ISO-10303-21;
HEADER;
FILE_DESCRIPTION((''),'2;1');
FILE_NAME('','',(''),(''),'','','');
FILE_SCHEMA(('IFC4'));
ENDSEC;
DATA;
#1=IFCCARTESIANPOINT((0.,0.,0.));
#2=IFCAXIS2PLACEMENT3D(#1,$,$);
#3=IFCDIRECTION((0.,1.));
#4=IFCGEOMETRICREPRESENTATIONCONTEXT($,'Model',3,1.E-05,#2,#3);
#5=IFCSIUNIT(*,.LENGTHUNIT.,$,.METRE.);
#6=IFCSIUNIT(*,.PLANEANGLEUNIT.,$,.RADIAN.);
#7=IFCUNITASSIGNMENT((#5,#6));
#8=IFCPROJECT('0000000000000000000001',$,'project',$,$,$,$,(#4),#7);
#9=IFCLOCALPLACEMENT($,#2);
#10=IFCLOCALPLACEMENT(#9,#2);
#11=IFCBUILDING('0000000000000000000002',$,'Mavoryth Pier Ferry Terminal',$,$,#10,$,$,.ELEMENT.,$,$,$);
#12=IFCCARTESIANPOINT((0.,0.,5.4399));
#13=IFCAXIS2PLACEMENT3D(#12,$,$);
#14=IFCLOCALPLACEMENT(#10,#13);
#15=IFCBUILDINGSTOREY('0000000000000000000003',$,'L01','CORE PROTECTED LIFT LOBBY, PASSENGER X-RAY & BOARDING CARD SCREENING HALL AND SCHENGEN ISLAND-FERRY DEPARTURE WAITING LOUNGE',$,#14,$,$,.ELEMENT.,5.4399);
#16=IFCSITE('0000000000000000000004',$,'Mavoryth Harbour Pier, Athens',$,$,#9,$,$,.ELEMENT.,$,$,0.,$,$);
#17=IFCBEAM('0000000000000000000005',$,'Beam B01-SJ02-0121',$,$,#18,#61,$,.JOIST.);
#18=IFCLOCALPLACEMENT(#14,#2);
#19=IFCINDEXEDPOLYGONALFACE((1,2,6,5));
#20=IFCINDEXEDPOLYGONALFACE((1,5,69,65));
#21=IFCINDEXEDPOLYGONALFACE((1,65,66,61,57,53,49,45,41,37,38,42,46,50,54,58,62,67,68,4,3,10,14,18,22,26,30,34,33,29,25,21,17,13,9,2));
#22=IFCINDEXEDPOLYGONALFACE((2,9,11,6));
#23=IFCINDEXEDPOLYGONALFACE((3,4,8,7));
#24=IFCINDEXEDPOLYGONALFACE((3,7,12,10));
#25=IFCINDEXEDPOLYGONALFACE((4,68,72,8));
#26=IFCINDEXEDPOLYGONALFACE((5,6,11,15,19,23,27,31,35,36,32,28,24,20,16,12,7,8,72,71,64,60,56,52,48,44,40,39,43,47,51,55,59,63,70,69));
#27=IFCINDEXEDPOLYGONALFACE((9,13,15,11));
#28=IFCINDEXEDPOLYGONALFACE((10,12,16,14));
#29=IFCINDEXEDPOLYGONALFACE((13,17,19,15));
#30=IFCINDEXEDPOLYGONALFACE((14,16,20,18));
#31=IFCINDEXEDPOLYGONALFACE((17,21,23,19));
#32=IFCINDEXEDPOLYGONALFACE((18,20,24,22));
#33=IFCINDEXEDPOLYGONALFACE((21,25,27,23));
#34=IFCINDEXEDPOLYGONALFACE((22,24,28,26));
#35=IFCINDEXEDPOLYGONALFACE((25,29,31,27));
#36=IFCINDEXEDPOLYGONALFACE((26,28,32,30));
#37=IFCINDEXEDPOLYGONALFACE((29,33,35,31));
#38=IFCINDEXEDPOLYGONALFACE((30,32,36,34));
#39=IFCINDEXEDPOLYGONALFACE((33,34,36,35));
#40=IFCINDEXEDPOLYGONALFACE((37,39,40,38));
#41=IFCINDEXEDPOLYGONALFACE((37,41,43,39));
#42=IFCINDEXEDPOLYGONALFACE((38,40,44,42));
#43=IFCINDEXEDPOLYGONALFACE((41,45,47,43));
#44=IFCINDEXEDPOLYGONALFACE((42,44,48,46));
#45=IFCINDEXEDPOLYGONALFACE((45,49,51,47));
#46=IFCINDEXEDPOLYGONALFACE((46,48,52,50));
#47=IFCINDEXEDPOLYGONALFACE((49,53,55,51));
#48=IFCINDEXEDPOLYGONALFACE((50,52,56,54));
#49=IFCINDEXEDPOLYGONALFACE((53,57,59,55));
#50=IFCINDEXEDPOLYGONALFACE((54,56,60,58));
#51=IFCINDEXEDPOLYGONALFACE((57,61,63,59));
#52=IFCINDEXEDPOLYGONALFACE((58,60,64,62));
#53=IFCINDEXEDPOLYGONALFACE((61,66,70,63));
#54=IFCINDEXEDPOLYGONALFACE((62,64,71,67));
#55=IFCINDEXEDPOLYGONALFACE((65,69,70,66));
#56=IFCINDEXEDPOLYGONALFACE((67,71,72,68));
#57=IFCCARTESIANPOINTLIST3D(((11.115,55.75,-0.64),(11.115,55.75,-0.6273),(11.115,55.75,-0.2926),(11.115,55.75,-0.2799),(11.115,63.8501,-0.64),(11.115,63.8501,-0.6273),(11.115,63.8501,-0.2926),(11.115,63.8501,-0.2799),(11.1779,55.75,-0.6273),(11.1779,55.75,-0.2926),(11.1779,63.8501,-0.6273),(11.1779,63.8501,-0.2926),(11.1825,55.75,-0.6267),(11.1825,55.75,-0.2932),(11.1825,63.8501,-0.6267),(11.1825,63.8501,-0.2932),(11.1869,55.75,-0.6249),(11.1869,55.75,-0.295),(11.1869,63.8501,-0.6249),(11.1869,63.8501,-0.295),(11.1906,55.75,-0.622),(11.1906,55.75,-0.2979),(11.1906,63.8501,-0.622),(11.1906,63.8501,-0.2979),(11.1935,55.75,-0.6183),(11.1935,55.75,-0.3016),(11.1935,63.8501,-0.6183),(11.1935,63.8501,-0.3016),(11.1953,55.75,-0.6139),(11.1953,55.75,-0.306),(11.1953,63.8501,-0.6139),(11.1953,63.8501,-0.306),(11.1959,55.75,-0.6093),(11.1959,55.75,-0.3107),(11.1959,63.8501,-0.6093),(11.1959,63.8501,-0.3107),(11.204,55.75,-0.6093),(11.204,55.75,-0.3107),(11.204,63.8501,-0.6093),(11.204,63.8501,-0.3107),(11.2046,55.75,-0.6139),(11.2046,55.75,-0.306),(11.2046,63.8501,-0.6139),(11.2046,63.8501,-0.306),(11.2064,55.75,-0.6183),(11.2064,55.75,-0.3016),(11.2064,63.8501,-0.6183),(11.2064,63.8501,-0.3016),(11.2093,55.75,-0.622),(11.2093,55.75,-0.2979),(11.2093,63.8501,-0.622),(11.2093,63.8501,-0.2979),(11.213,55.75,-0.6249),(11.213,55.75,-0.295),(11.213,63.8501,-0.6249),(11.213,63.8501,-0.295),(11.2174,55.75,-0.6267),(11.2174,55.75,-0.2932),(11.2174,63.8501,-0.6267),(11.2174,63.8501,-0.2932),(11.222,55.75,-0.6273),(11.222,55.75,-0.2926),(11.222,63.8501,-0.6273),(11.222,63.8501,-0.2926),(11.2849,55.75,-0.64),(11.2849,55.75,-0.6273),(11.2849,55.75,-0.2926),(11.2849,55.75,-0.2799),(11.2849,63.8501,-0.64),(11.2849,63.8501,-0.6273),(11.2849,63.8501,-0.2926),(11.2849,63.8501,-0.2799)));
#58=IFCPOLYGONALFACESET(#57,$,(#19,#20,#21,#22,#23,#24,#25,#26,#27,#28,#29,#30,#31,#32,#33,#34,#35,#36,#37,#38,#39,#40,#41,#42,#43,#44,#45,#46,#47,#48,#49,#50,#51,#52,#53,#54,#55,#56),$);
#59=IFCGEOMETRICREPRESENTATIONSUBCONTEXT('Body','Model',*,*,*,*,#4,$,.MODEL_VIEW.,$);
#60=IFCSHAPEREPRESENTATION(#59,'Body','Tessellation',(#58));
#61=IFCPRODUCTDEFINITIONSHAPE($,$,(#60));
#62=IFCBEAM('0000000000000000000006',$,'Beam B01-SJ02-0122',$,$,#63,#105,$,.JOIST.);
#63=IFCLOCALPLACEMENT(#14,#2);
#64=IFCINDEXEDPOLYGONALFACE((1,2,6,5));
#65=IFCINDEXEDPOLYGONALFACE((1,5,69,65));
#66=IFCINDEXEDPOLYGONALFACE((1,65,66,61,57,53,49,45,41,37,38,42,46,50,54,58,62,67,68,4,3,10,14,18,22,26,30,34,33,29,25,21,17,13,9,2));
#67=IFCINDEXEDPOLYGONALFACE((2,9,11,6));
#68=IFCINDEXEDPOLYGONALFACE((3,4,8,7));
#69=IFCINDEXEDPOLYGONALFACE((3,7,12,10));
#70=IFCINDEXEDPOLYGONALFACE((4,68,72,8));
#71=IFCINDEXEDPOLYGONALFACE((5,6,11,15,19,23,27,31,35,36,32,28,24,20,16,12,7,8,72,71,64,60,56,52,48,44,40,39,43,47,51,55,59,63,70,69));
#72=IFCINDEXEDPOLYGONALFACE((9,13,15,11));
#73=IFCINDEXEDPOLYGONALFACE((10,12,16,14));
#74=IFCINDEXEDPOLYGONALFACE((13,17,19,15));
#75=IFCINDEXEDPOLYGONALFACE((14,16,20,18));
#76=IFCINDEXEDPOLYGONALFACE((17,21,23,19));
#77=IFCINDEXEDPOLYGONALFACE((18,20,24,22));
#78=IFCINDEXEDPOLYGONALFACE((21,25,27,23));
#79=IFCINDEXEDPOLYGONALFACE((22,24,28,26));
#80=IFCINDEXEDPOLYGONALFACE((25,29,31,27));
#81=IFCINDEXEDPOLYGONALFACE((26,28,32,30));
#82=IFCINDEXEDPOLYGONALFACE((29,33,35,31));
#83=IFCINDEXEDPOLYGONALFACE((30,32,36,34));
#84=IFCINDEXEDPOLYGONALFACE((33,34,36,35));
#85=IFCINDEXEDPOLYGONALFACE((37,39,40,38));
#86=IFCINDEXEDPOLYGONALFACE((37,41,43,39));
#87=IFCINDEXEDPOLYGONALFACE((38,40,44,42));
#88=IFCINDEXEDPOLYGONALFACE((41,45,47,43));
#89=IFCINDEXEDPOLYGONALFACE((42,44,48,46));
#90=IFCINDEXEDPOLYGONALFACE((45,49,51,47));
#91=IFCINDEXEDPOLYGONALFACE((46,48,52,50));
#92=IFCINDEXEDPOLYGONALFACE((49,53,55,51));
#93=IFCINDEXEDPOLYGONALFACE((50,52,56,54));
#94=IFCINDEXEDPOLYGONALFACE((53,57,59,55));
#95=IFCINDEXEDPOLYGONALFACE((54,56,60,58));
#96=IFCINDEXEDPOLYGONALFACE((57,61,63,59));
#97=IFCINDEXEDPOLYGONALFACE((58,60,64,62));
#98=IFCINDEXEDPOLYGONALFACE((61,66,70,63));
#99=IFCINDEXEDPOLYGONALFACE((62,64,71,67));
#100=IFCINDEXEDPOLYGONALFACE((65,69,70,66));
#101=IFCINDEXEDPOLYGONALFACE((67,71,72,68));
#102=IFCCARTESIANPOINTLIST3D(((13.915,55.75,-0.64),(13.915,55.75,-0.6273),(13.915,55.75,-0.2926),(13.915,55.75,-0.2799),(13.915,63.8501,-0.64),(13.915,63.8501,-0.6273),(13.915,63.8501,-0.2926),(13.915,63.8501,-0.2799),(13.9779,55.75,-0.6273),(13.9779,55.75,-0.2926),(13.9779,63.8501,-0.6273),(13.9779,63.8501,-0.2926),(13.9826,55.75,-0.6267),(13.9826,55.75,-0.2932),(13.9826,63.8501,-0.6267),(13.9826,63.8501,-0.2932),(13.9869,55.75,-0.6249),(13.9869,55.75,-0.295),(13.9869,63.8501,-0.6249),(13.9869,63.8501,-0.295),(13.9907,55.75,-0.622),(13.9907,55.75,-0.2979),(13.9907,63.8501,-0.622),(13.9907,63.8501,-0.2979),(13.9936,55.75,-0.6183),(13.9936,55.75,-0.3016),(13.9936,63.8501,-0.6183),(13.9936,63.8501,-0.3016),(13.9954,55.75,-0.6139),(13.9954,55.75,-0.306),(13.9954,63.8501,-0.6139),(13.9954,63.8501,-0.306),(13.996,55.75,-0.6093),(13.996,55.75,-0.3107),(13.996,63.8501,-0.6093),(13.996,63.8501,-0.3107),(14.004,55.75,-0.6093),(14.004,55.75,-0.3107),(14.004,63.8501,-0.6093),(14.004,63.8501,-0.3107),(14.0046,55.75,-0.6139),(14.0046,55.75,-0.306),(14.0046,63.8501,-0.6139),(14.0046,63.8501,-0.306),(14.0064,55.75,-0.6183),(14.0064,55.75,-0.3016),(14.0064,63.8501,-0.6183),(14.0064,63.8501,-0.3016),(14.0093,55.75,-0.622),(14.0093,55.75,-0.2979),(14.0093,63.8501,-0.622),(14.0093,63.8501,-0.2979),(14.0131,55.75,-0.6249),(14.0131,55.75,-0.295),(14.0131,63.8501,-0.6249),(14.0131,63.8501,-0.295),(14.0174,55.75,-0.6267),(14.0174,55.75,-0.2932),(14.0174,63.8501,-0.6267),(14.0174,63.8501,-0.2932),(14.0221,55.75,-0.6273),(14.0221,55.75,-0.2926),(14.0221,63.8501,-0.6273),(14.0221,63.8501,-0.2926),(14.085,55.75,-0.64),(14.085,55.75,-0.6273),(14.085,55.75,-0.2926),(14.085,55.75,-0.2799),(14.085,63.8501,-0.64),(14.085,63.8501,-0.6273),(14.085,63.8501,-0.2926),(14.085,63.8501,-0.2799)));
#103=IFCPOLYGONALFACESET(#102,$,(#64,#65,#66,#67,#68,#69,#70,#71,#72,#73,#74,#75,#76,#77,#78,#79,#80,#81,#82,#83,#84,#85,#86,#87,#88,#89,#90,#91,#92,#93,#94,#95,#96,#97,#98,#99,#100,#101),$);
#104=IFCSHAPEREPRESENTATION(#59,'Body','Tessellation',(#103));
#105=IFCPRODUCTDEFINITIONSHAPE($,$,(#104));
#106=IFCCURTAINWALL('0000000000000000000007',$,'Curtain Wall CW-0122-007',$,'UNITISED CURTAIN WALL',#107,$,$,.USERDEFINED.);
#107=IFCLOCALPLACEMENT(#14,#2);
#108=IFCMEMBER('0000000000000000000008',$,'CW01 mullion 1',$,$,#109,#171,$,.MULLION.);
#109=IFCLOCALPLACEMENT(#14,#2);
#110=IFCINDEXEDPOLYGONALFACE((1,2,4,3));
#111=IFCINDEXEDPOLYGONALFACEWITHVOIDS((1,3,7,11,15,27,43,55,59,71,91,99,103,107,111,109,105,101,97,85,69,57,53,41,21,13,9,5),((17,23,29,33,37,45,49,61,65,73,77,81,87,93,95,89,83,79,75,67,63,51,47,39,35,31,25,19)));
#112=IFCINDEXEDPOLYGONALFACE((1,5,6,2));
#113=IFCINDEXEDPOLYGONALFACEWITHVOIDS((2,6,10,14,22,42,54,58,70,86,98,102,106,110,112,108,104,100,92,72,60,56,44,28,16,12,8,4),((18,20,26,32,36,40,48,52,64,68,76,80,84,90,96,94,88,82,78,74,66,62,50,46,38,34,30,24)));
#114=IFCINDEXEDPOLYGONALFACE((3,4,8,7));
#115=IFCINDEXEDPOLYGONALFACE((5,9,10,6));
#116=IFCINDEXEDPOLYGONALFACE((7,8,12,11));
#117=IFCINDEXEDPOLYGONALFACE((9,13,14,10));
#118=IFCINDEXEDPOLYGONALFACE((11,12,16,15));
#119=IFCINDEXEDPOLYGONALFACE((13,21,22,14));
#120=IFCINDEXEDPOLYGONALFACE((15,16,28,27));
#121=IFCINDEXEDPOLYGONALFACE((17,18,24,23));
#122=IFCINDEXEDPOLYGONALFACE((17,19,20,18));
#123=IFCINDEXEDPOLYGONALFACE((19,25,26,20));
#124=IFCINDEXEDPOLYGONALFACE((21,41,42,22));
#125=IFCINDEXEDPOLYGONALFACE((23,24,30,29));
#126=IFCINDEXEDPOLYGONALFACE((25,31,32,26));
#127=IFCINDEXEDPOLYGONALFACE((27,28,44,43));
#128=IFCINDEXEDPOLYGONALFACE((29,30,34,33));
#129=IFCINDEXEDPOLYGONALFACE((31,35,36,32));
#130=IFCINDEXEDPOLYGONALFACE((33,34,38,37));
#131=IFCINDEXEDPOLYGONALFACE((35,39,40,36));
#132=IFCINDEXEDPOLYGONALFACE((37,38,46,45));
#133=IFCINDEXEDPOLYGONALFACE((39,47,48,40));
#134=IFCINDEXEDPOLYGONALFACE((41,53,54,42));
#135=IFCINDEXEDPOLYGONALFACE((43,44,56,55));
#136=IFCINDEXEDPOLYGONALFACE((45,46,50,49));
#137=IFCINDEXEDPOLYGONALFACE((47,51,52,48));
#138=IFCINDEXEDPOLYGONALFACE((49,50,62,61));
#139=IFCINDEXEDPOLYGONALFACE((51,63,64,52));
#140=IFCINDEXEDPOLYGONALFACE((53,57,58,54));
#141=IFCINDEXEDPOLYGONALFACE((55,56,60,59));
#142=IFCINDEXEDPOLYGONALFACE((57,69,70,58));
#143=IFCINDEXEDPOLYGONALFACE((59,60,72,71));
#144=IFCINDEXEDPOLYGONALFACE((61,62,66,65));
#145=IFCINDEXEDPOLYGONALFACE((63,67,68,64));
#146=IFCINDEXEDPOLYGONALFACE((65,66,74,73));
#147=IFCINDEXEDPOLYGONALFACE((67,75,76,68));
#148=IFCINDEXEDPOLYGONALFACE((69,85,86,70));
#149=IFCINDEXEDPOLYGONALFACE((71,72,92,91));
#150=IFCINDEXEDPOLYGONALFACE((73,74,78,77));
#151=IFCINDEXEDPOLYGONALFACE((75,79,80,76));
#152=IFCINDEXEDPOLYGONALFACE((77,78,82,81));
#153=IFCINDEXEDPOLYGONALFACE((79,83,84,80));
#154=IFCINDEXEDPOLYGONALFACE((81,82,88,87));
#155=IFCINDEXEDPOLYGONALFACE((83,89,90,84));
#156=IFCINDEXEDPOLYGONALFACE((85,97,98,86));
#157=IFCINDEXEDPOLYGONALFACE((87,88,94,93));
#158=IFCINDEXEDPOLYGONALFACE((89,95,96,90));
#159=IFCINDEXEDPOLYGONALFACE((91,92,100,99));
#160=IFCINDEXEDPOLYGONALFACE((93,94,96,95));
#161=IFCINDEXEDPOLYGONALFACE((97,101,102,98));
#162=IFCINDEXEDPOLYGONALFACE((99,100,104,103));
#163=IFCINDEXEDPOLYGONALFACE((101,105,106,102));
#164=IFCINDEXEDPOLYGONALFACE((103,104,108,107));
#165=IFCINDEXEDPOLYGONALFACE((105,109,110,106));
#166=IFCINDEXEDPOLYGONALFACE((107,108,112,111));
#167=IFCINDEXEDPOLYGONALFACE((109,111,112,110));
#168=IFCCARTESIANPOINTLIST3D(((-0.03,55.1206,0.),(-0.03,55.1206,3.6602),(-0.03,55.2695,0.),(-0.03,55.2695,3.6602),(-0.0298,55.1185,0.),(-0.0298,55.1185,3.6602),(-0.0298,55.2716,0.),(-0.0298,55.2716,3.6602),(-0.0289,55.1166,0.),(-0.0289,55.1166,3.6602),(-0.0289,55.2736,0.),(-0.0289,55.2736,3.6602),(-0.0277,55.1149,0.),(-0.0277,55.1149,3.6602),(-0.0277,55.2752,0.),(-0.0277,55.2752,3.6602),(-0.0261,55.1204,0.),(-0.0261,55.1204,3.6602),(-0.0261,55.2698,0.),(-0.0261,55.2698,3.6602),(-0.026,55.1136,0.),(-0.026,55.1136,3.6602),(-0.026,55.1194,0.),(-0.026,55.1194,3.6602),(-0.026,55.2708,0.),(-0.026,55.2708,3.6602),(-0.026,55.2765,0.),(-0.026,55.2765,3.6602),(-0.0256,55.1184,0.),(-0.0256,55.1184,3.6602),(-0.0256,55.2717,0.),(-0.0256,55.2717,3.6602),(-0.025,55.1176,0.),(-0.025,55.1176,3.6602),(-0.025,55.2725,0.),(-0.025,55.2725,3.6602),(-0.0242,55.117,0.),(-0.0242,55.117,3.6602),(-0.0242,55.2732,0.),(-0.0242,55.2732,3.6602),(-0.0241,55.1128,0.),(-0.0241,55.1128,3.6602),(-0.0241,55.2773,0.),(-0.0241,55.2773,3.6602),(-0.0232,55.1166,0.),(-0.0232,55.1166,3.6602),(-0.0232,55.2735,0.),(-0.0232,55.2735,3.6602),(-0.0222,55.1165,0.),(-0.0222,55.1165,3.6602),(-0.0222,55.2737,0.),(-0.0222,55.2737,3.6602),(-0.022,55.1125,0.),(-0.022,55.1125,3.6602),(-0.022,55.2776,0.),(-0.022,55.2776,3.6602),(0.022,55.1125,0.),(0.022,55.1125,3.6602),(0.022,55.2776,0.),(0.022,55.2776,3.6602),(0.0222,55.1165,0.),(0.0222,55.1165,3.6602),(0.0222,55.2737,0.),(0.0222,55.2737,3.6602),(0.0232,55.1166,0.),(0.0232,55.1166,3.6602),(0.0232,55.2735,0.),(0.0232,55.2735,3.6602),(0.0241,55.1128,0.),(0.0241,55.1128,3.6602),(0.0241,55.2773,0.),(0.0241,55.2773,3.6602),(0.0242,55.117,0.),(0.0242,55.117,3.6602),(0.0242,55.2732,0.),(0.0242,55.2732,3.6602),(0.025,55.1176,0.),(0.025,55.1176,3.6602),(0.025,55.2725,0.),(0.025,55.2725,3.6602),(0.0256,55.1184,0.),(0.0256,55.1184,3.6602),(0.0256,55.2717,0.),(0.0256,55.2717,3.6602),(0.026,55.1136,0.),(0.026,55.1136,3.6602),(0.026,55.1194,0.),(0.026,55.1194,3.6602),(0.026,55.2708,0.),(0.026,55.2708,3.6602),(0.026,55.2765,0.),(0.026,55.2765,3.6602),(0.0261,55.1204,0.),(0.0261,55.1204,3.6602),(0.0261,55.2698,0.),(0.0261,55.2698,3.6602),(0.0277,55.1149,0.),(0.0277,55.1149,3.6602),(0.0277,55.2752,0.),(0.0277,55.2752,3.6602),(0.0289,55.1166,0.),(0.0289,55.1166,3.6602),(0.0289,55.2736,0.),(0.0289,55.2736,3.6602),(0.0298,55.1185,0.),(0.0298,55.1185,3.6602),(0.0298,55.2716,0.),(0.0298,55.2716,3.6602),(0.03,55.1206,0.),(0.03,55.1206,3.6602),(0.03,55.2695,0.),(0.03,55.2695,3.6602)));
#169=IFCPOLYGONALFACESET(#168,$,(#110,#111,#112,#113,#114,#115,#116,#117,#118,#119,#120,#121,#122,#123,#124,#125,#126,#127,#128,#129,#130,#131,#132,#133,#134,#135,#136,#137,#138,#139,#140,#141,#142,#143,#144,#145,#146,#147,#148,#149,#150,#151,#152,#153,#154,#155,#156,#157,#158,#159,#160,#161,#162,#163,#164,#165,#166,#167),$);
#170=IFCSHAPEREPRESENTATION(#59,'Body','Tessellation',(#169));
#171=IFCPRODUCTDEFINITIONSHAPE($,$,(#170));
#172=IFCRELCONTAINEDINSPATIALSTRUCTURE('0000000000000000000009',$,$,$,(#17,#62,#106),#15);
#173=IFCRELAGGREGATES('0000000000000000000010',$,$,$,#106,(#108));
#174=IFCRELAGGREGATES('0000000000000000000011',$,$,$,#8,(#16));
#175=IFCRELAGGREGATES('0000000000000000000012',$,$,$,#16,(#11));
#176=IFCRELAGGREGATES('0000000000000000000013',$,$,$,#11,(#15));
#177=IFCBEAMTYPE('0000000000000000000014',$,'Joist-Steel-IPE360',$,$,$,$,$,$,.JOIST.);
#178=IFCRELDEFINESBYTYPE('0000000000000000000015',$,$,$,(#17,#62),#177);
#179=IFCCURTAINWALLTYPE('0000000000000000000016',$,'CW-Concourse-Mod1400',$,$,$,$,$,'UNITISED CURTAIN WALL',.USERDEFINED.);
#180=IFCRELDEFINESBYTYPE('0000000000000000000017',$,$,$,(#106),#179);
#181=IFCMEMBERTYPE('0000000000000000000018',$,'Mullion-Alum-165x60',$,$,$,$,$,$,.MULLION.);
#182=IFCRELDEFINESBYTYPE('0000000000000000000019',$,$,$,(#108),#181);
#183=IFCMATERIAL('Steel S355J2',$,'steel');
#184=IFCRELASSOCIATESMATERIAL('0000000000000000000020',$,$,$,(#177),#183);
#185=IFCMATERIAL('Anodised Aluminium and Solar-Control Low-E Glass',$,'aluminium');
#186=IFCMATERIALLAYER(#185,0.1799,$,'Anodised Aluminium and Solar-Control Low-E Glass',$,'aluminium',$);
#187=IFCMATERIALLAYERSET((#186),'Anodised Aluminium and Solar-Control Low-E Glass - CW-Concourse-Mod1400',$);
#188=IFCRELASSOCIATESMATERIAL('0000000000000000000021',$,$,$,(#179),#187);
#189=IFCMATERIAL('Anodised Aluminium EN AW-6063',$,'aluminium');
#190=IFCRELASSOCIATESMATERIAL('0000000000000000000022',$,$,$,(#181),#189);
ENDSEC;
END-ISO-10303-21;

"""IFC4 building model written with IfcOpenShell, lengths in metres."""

from ifc_helpers import new_model, si_unit, direction, frame, origin, origin_2d, place, context, subcontext, project, spatial, hollow_rectangle, i_section, extrude, material, layer, layer_set, material_profile, profile_set, type_object, element, aggregate, save


model = new_model("IFC4")

# Units and contexts
model_context = context("Model", 3, precision=1e-05, world=origin(), true_north=direction((0.0, 1.0)))
body_context = subcontext(model_context, "Body", "Model", "MODEL_VIEW")
ifc_project = project(units=[si_unit("LENGTHUNIT", "METRE"), si_unit("PLANEANGLEUNIT", "RADIAN")], contexts=[model_context])

# Site, building, storey
site_placement = place(None, origin())
site = spatial("IfcSite", under=ifc_project, at=site_placement, Name="Mavoryth Harbour Pier, Athens", CompositionType="ELEMENT", RefElevation=0.0)
building_placement = place(site_placement, origin())
building = spatial("IfcBuilding", under=site, at=building_placement, Name="Mavoryth Pier Ferry Terminal", CompositionType="ELEMENT")
storey_placement = place(building_placement, frame((0.0, 0.0, 5.4399)))
storey = spatial("IfcBuildingStorey", under=building, at=storey_placement, Name="L01", Description="CORE PROTECTED LIFT LOBBY, PASSENGER X-RAY & BOARDING CARD SCREENING HALL AND SCHENGEN ISLAND-FERRY DEPARTURE WAITING LOUNGE", CompositionType="ELEMENT", Elevation=5.4399)

# Beams
ifc_material_1 = material(Name="Steel S355J2", Category="steel")
ifc_material_profile_1 = material_profile(ifc_material_1, i_section(OverallWidth=0.1699, OverallDepth=0.3601, WebThickness=0.0081, FlangeThickness=0.0127, FilletRadius=0.0181, at=origin_2d()), Name="IPE 360", Category="steel")
ifc_profile_set_1 = profile_set([ifc_material_profile_1], Name="Steel S355J2 - IPE 360")
beam_type_1 = type_object("IfcBeamType", Name="Joist-Steel-IPE360", PredefinedType="JOIST", material=ifc_profile_set_1)
for number, where, z_axis, x_axis, name in (
    (1, (11.2, 55.75, -0.46), (0.0, 1.0, 0.0), (-1.0, 0.0, 0.0), "Beam B01-SJ02-0121"),
    (2, (14.0, 55.75, -0.46), (0.0, 1.0, 0.0), (-1.0, 0.0, 0.0), "Beam B01-SJ02-0122"),
):
    element("IfcBeam", number, at=place(storey_placement, frame(where, z_axis=z_axis, x_axis=x_axis)), inside=storey, type_object=beam_type_1, Name=name, PredefinedType="JOIST", context=body_context, shape_type="SweptSolid", body=[
        extrude(i_section(OverallWidth=0.1699, OverallDepth=0.3601, WebThickness=0.0081, FlangeThickness=0.0127, FilletRadius=0.0181, at=origin_2d()), origin(), (0.0, 0.0, 1.0), 8.1001),
    ])

# Curtain wall, member
ifc_material_2 = material(Name="Anodised Aluminium and Solar-Control Low-E Glass", Category="aluminium")
ifc_layer_1 = layer(ifc_material_2, 0.1799, Name="Anodised Aluminium and Solar-Control Low-E Glass", Category="aluminium")
ifc_layer_set_1 = layer_set([ifc_layer_1], Name="Anodised Aluminium and Solar-Control Low-E Glass - CW-Concourse-Mod1400")
curtain_wall_type = type_object("IfcCurtainWallType", Name="CW-Concourse-Mod1400", ElementType="UNITISED CURTAIN WALL", PredefinedType="USERDEFINED", material=ifc_layer_set_1)
curtain_wall_1_placement = place(storey_placement, origin())
curtain_wall_1 = element("IfcCurtainWall", 3, at=curtain_wall_1_placement, inside=storey, type_object=curtain_wall_type, Name="Curtain Wall CW-0122-007", ObjectType="UNITISED CURTAIN WALL", PredefinedType="USERDEFINED")
ifc_material_3 = material(Name="Anodised Aluminium EN AW-6063", Category="aluminium")
ifc_material_profile_2 = material_profile(ifc_material_3, hollow_rectangle(XDim=0.0601, YDim=0.165, WallThickness=0.0039, InnerFilletRadius=0.0039, OuterFilletRadius=0.0081, at=origin_2d()), Name="AL-MULL 165x60x4", Category="aluminium")
ifc_profile_set_2 = profile_set([ifc_material_profile_2], Name="Anodised Aluminium EN AW-6063 - AL-MULL 165x60x4")
member_type_1 = type_object("IfcMemberType", Name="Mullion-Alum-165x60", PredefinedType="MULLION", material=ifc_profile_set_2)
member_1_placement = place(storey_placement, frame((0.0, 55.1951, 0.0), z_axis=(0.0, 0.0, 1.0), x_axis=(1.0, 0.0, 0.0)))
member_1 = element("IfcMember", 4, at=member_1_placement, type_object=member_type_1, Name="CW01 mullion 1", PredefinedType="MULLION", context=body_context, shape_type="SweptSolid", body=[
    extrude(hollow_rectangle(XDim=0.0601, YDim=0.165, WallThickness=0.0039, InnerFilletRadius=0.0039, OuterFilletRadius=0.0081, at=origin_2d()), origin(), (0.0, 0.0, 1.0), 3.6602),
])

aggregate(curtain_wall_1, [member_1])

save(model, "model.ifc")
